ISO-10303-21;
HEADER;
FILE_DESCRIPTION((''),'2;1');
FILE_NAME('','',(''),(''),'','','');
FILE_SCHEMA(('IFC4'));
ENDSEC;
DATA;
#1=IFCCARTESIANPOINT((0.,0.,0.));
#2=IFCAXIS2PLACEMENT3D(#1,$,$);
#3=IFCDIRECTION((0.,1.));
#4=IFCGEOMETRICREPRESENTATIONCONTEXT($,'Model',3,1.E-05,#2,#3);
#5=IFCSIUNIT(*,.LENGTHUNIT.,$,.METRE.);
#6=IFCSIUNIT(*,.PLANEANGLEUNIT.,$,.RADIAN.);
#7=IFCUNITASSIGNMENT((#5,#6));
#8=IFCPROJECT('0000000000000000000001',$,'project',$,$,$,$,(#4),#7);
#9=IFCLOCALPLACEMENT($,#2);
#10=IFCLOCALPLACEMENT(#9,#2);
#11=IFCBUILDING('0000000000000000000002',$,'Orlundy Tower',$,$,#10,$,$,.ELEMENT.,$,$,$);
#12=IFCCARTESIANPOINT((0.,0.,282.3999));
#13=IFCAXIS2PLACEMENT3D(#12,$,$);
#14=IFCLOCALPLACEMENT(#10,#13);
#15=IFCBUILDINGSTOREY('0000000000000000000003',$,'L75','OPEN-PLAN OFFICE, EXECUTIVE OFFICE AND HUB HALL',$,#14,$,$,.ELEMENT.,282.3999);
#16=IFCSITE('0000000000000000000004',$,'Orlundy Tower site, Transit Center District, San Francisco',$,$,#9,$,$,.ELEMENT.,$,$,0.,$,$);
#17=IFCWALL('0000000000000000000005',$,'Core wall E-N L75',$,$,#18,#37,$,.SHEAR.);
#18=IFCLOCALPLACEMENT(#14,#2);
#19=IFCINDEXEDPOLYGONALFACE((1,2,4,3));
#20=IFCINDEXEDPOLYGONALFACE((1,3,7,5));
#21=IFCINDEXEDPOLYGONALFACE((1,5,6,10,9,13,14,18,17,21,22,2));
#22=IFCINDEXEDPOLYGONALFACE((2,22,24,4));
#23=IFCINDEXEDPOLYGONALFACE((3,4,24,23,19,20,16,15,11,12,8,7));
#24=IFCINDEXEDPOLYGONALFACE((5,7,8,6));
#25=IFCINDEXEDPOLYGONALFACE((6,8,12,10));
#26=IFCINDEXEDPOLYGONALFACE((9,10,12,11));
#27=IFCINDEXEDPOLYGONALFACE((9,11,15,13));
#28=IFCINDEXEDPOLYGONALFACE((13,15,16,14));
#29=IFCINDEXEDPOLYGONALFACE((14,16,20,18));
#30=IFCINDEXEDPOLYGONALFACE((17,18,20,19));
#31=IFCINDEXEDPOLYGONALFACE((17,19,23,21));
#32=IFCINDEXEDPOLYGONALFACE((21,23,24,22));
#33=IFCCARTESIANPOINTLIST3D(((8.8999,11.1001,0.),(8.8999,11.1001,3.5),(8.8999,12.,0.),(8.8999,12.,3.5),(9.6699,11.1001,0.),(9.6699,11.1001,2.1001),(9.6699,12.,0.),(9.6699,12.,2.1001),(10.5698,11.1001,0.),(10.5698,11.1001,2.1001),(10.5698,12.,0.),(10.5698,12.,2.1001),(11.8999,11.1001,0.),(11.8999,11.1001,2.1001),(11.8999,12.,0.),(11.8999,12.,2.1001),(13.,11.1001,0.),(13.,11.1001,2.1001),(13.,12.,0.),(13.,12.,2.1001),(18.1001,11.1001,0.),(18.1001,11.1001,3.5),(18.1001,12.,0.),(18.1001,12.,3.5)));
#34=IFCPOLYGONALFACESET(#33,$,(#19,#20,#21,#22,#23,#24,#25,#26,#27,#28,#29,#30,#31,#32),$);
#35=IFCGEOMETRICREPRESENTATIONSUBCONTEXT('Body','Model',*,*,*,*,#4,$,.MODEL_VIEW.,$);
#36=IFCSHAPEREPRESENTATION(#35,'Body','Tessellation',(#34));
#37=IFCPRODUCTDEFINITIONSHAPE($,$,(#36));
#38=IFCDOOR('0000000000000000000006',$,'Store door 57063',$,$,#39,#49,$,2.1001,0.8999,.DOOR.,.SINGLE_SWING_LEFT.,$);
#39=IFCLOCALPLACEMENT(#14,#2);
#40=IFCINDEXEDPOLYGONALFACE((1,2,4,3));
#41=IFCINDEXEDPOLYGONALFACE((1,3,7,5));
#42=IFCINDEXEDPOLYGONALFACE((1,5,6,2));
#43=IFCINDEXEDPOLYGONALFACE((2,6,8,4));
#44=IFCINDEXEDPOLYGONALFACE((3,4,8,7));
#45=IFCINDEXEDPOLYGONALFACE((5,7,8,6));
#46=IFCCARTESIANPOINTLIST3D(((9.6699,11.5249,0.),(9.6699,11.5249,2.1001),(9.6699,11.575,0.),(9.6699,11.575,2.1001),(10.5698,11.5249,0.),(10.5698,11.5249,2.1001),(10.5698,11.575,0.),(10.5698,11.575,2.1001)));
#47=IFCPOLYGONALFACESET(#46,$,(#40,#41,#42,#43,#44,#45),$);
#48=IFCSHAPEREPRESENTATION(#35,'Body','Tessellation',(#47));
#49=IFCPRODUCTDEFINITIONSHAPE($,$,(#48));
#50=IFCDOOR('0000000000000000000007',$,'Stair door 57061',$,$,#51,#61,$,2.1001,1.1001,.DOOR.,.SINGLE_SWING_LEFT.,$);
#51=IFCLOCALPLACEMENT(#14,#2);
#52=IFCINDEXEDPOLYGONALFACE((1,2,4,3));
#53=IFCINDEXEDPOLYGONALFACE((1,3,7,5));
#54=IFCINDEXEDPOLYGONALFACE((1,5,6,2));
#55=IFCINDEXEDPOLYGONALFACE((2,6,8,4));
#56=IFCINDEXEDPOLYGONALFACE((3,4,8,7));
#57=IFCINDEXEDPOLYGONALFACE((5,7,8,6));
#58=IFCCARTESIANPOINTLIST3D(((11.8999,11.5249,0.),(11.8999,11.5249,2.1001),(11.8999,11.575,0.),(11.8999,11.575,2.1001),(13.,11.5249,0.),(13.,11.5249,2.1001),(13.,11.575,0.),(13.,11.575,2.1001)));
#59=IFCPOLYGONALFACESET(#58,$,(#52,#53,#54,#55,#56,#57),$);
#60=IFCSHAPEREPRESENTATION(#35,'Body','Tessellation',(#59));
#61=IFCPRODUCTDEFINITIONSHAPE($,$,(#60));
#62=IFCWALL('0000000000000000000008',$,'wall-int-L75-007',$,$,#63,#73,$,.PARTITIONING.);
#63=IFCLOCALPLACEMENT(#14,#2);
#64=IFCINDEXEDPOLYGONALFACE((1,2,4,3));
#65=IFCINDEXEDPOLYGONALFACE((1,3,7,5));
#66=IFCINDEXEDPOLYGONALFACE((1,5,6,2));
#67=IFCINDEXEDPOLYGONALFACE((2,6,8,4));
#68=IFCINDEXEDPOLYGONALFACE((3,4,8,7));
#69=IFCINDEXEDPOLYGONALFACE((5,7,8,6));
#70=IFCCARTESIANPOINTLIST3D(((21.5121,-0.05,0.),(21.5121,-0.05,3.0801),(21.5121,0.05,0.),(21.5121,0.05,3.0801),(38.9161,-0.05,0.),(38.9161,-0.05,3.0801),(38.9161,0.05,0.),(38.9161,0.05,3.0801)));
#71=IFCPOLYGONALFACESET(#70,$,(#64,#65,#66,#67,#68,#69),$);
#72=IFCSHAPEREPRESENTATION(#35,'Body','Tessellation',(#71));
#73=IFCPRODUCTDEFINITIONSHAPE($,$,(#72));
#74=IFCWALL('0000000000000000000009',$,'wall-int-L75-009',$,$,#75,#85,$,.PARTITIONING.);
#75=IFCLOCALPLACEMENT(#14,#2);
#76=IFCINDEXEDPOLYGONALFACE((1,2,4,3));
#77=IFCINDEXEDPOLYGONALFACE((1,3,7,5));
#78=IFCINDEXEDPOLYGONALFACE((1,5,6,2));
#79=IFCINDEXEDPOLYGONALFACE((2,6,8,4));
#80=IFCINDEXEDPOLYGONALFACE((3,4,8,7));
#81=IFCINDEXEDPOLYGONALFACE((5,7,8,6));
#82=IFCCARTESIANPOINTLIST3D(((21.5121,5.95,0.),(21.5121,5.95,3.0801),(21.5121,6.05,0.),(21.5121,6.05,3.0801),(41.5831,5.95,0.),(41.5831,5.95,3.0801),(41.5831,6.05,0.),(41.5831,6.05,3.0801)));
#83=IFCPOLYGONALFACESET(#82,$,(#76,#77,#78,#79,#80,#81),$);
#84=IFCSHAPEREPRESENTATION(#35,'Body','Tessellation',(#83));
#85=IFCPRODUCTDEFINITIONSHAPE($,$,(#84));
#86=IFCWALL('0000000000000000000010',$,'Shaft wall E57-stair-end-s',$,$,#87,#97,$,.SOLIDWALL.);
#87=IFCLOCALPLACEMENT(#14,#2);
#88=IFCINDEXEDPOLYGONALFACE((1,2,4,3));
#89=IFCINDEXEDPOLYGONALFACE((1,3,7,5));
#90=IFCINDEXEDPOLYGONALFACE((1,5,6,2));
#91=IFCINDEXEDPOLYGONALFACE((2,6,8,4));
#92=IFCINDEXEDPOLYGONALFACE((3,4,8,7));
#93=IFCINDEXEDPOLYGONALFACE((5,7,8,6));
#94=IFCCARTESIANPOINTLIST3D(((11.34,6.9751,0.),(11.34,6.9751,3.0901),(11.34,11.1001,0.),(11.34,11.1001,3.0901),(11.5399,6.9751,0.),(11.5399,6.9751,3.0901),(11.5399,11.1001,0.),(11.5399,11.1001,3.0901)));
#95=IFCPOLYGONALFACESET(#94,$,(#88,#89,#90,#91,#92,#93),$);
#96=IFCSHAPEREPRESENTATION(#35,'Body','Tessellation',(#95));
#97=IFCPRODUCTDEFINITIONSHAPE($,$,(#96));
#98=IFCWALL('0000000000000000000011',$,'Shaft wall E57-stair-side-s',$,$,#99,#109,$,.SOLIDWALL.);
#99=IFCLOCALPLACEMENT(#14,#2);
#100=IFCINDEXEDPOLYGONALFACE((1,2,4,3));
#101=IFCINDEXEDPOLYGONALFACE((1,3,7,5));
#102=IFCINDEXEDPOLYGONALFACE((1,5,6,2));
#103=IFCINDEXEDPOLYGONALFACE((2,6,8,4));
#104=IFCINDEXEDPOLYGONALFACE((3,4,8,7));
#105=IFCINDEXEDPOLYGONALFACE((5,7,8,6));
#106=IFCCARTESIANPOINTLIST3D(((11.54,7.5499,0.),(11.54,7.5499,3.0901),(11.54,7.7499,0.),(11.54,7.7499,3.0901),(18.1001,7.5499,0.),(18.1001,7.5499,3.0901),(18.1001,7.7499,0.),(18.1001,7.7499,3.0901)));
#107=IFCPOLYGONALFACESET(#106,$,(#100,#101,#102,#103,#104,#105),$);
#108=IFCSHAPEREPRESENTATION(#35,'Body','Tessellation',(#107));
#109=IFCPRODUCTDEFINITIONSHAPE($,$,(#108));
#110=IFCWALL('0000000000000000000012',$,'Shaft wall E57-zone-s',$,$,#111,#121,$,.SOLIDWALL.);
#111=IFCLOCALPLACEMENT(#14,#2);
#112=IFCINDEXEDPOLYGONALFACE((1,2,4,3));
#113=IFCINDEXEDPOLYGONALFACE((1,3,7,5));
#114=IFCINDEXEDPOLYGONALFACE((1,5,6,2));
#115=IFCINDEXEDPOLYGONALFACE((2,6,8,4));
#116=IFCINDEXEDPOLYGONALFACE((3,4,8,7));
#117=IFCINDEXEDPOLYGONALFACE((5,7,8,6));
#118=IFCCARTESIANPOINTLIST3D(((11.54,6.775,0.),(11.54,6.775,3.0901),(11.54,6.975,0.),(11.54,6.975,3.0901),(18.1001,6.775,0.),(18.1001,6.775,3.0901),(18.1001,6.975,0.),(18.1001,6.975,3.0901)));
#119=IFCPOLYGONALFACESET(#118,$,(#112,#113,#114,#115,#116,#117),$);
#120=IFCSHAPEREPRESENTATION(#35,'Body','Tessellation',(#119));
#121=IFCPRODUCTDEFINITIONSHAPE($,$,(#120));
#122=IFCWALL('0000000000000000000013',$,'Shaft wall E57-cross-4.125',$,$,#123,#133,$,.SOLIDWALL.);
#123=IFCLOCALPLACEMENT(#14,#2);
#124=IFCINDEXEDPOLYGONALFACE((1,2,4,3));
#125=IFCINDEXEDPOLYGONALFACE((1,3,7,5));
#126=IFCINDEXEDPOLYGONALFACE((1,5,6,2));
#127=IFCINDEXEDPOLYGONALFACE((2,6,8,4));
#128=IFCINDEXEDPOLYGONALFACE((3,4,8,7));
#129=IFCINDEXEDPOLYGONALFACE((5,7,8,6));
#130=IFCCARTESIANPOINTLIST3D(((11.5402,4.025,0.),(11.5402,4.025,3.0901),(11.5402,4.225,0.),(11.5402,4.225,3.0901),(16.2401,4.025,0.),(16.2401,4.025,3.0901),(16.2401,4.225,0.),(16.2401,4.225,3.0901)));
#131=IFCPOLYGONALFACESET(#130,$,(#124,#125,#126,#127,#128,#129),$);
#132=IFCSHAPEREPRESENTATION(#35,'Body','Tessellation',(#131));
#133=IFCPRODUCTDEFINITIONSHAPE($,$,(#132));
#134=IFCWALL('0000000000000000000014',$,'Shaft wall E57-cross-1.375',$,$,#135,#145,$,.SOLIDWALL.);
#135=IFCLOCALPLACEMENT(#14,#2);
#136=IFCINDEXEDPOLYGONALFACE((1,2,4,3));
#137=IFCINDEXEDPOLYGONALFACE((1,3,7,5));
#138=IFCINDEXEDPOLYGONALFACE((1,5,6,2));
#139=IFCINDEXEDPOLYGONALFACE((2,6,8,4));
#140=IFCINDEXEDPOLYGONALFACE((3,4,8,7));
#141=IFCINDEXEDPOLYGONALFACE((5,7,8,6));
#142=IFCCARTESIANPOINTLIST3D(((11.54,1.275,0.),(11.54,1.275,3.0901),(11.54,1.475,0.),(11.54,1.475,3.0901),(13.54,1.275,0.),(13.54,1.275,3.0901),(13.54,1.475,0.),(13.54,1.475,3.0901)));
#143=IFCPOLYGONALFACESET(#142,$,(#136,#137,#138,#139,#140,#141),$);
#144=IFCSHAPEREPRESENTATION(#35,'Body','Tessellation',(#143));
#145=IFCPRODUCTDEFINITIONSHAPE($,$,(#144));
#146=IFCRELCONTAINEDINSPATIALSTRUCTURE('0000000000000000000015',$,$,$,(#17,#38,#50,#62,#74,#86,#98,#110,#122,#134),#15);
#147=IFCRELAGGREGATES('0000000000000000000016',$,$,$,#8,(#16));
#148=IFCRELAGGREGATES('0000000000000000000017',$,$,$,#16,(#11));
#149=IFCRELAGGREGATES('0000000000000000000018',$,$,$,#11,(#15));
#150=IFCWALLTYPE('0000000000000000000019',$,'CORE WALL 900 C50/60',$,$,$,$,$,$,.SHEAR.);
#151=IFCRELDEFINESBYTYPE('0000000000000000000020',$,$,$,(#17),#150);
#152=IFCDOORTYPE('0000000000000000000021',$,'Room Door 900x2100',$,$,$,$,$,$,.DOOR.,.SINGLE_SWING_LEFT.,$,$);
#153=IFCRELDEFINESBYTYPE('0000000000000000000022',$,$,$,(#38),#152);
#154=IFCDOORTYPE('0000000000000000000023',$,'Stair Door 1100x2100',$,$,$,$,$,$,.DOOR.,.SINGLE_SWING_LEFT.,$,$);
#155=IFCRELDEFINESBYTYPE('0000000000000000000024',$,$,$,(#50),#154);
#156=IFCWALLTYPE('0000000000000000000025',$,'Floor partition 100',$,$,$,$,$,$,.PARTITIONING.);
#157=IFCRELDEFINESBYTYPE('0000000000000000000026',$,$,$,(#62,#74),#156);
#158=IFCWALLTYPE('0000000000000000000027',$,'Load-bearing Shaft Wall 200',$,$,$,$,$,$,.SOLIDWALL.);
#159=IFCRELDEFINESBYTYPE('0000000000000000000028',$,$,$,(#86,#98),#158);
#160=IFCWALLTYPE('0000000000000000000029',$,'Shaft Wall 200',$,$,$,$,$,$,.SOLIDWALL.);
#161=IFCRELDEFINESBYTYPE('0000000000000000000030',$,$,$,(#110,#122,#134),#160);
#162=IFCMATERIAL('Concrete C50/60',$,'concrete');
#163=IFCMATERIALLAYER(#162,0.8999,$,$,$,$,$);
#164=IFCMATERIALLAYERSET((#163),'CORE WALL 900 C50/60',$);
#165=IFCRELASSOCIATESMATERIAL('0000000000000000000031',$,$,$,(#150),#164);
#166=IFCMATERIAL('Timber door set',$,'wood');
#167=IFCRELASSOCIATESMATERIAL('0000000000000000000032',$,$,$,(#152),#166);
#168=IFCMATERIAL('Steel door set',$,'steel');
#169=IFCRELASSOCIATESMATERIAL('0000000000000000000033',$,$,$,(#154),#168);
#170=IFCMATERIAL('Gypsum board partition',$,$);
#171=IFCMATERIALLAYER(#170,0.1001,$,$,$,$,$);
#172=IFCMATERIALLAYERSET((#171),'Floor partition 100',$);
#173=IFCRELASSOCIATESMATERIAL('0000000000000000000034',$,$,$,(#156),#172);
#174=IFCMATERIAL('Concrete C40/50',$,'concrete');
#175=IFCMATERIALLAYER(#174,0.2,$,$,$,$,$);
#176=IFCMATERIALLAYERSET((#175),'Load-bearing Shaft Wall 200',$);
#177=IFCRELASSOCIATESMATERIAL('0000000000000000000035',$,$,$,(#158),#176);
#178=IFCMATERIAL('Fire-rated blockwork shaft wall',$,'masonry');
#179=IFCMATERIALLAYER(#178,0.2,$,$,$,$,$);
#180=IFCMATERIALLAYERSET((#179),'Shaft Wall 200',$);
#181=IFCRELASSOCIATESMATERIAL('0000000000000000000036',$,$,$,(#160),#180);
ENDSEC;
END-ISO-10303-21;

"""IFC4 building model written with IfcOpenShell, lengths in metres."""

from ifc_helpers import new_model, si_unit, direction, frame, frame_2d, origin, place, context, subcontext, project, spatial, rectangle, extrude, material, layer, layer_set, type_object, element, fill, save


model = new_model("IFC4")

# Units and contexts
model_context = context("Model", 3, precision=1e-05, world=origin(), true_north=direction((0.0, 1.0)))
body_context = subcontext(model_context, "Body", "Model", "MODEL_VIEW")
ifc_project = project(units=[si_unit("LENGTHUNIT", "METRE"), si_unit("PLANEANGLEUNIT", "RADIAN")], contexts=[model_context])

# Site, building, storey
site_placement = place(None, origin())
site = spatial("IfcSite", under=ifc_project, at=site_placement, Name="Orlundy Tower site, Transit Center District, San Francisco", CompositionType="ELEMENT", RefElevation=0.0)
building_placement = place(site_placement, origin())
building = spatial("IfcBuilding", under=site, at=building_placement, Name="Orlundy Tower", CompositionType="ELEMENT")
storey_placement = place(building_placement, frame((0.0, 0.0, 282.3999)))
storey = spatial("IfcBuildingStorey", under=building, at=storey_placement, Name="L75", Description="OPEN-PLAN OFFICE, EXECUTIVE OFFICE AND HUB HALL", CompositionType="ELEMENT", Elevation=282.3999)

# Wall, openings, doors
ifc_material_1 = material(Name="Concrete C50/60", Category="concrete")
ifc_layer_1 = layer(ifc_material_1, 0.8999)
ifc_layer_set_1 = layer_set([ifc_layer_1], Name="CORE WALL 900 C50/60")
wall_type_1 = type_object("IfcWallType", Name="CORE WALL 900 C50/60", PredefinedType="SHEAR", material=ifc_layer_set_1)
wall_1_placement = place(storey_placement, frame((8.8999, 11.55, 0.0), z_axis=(0.0, 0.0, 1.0), x_axis=(1.0, 0.0, 0.0)))
wall_1 = element("IfcWall", 1, at=wall_1_placement, inside=storey, type_object=wall_type_1, Name="Core wall E-N L75", PredefinedType="SHEAR", context=body_context, shape_type="SweptSolid", body=[
    extrude(rectangle(XDim=9.2002, YDim=0.8999, at=frame_2d((4.6001, 0.0))), origin(), (0.0, 0.0, 1.0), 3.5),
])
opening_1_placement = place(wall_1_placement, frame((3.0, 0.0, 0.0)))
opening_1 = element("IfcOpeningElement", 2, at=opening_1_placement, cuts=wall_1, PredefinedType="OPENING", context=body_context, shape_type="SweptSolid", body=[
    extrude(rectangle(XDim=1.1001, YDim=2.1001, at=frame_2d((0.55, 1.05))), frame((0.0, 0.46, 0.0), z_axis=(0.0, -1.0, 0.0), x_axis=(1.0, 0.0, 0.0)), (0.0, 0.0, 1.0), 0.9199),
])
opening_2_placement = place(wall_1_placement, frame((0.77, 0.0, 0.0)))
opening_2 = element("IfcOpeningElement", 3, at=opening_2_placement, cuts=wall_1, PredefinedType="OPENING", context=body_context, shape_type="SweptSolid", body=[
    extrude(rectangle(XDim=0.8999, YDim=2.1001, at=frame_2d((0.45, 1.05))), frame((0.0, 0.46, 0.0), z_axis=(0.0, -1.0, 0.0), x_axis=(1.0, 0.0, 0.0)), (0.0, 0.0, 1.0), 0.9199),
])
ifc_material_2 = material(Name="Timber door set", Category="wood")
door_type_1 = type_object("IfcDoorType", Name="Room Door 900x2100", OperationType="SINGLE_SWING_LEFT", PredefinedType="DOOR", material=ifc_material_2)
door_1_placement = place(opening_2_placement, origin())
door_1 = element("IfcDoor", 4, at=door_1_placement, inside=storey, type_object=door_type_1, Name="Store door 57063", OperationType="SINGLE_SWING_LEFT", OverallHeight=2.1001, OverallWidth=0.8999, PredefinedType="DOOR", context=body_context, shape_type="SweptSolid", body=[
    extrude(rectangle(XDim=0.8999, YDim=2.1001, at=frame_2d((0.45, 1.05))), frame((0.0, 0.0249, 0.0), z_axis=(0.0, -1.0, 0.0), x_axis=(1.0, 0.0, 0.0)), (0.0, 0.0, 1.0), 0.05),
])
fill(opening_2, door_1)
ifc_material_3 = material(Name="Steel door set", Category="steel")
door_type_2 = type_object("IfcDoorType", Name="Stair Door 1100x2100", OperationType="SINGLE_SWING_LEFT", PredefinedType="DOOR", material=ifc_material_3)
door_2_placement = place(opening_1_placement, origin())
door_2 = element("IfcDoor", 5, at=door_2_placement, inside=storey, type_object=door_type_2, Name="Stair door 57061", OperationType="SINGLE_SWING_LEFT", OverallHeight=2.1001, OverallWidth=1.1001, PredefinedType="DOOR", context=body_context, shape_type="SweptSolid", body=[
    extrude(rectangle(XDim=1.1001, YDim=2.1001, at=frame_2d((0.55, 1.05))), frame((0.0, 0.0249, 0.0), z_axis=(0.0, -1.0, 0.0), x_axis=(1.0, 0.0, 0.0)), (0.0, 0.0, 1.0), 0.05),
])
fill(opening_1, door_2)

# Walls
ifc_material_4 = material(Name="Gypsum board partition")
ifc_layer_2 = layer(ifc_material_4, 0.1001)
ifc_layer_set_2 = layer_set([ifc_layer_2], Name="Floor partition 100")
wall_type_2 = type_object("IfcWallType", Name="Floor partition 100", PredefinedType="PARTITIONING", material=ifc_layer_set_2)
wall_2_placement = place(storey_placement, frame((21.512, 0.0, 0.0), z_axis=(0.0, 0.0, 1.0), x_axis=(1.0, 0.0, 0.0)))
element("IfcWall", 6, at=wall_2_placement, inside=storey, type_object=wall_type_2, Name="wall-int-L75-007", PredefinedType="PARTITIONING", context=body_context, shape_type="SweptSolid", body=[
    extrude(rectangle(XDim=17.4041, YDim=0.1001, at=frame_2d((8.7021, 0.0))), origin(), (0.0, 0.0, 1.0), 3.0801),
])
wall_3_placement = place(storey_placement, frame((21.512, 6.0, 0.0), z_axis=(0.0, 0.0, 1.0), x_axis=(1.0, 0.0, 0.0)))
element("IfcWall", 7, at=wall_3_placement, inside=storey, type_object=wall_type_2, Name="wall-int-L75-009", PredefinedType="PARTITIONING", context=body_context, shape_type="SweptSolid", body=[
    extrude(rectangle(XDim=20.071, YDim=0.1001, at=frame_2d((10.0356, 0.0))), origin(), (0.0, 0.0, 1.0), 3.0801),
])
ifc_material_5 = material(Name="Concrete C40/50", Category="concrete")
ifc_layer_3 = layer(ifc_material_5, 0.2)
ifc_layer_set_3 = layer_set([ifc_layer_3], Name="Load-bearing Shaft Wall 200")
wall_type_3 = type_object("IfcWallType", Name="Load-bearing Shaft Wall 200", PredefinedType="SOLIDWALL", material=ifc_layer_set_3)
wall_4_placement = place(storey_placement, frame((11.4399, 11.1001, 0.0), z_axis=(0.0, 0.0, 1.0), x_axis=(0.0, -1.0, 0.0)))
element("IfcWall", 8, at=wall_4_placement, inside=storey, type_object=wall_type_3, Name="Shaft wall E57-stair-end-s", PredefinedType="SOLIDWALL", context=body_context, shape_type="SweptSolid", body=[
    extrude(rectangle(XDim=4.125, YDim=0.2, at=frame_2d((2.0625, 0.0))), origin(), (0.0, 0.0, 1.0), 3.0901),
])
wall_5_placement = place(storey_placement, frame((11.54, 7.6499, 0.0), z_axis=(0.0, 0.0, 1.0), x_axis=(1.0, 0.0, 0.0)))
element("IfcWall", 9, at=wall_5_placement, inside=storey, type_object=wall_type_3, Name="Shaft wall E57-stair-side-s", PredefinedType="SOLIDWALL", context=body_context, shape_type="SweptSolid", body=[
    extrude(rectangle(XDim=6.5601, YDim=0.2, at=frame_2d((3.28, 0.0))), origin(), (0.0, 0.0, 1.0), 3.0901),
])
ifc_material_6 = material(Name="Fire-rated blockwork shaft wall", Category="masonry")
ifc_layer_4 = layer(ifc_material_6, 0.2)
ifc_layer_set_4 = layer_set([ifc_layer_4], Name="Shaft Wall 200")
wall_type_4 = type_object("IfcWallType", Name="Shaft Wall 200", PredefinedType="SOLIDWALL", material=ifc_layer_set_4)
wall_6_placement = place(storey_placement, frame((11.54, 6.875, 0.0), z_axis=(0.0, 0.0, 1.0), x_axis=(1.0, 0.0, 0.0)))
element("IfcWall", 10, at=wall_6_placement, inside=storey, type_object=wall_type_4, Name="Shaft wall E57-zone-s", PredefinedType="SOLIDWALL", context=body_context, shape_type="SweptSolid", body=[
    extrude(rectangle(XDim=6.5601, YDim=0.2, at=frame_2d((3.28, 0.0))), origin(), (0.0, 0.0, 1.0), 3.0901),
])
wall_7_placement = place(storey_placement, frame((11.54, 4.125, 0.0), z_axis=(0.0, 0.0, 1.0), x_axis=(1.0, 0.0, 0.0)))
element("IfcWall", 11, at=wall_7_placement, inside=storey, type_object=wall_type_4, Name="Shaft wall E57-cross-4.125", PredefinedType="SOLIDWALL", context=body_context, shape_type="SweptSolid", body=[
    extrude(rectangle(XDim=4.7, YDim=0.2, at=frame_2d((2.3501, 0.0))), origin(), (0.0, 0.0, 1.0), 3.0901),
])
wall_8_placement = place(storey_placement, frame((11.54, 1.375, 0.0), z_axis=(0.0, 0.0, 1.0), x_axis=(1.0, 0.0, 0.0)))
element("IfcWall", 12, at=wall_8_placement, inside=storey, type_object=wall_type_4, Name="Shaft wall E57-cross-1.375", PredefinedType="SOLIDWALL", context=body_context, shape_type="SweptSolid", body=[
    extrude(rectangle(XDim=2.0, YDim=0.2, at=frame_2d((1.0, 0.0))), origin(), (0.0, 0.0, 1.0), 3.0901),
])

save(model, "model.ifc")
